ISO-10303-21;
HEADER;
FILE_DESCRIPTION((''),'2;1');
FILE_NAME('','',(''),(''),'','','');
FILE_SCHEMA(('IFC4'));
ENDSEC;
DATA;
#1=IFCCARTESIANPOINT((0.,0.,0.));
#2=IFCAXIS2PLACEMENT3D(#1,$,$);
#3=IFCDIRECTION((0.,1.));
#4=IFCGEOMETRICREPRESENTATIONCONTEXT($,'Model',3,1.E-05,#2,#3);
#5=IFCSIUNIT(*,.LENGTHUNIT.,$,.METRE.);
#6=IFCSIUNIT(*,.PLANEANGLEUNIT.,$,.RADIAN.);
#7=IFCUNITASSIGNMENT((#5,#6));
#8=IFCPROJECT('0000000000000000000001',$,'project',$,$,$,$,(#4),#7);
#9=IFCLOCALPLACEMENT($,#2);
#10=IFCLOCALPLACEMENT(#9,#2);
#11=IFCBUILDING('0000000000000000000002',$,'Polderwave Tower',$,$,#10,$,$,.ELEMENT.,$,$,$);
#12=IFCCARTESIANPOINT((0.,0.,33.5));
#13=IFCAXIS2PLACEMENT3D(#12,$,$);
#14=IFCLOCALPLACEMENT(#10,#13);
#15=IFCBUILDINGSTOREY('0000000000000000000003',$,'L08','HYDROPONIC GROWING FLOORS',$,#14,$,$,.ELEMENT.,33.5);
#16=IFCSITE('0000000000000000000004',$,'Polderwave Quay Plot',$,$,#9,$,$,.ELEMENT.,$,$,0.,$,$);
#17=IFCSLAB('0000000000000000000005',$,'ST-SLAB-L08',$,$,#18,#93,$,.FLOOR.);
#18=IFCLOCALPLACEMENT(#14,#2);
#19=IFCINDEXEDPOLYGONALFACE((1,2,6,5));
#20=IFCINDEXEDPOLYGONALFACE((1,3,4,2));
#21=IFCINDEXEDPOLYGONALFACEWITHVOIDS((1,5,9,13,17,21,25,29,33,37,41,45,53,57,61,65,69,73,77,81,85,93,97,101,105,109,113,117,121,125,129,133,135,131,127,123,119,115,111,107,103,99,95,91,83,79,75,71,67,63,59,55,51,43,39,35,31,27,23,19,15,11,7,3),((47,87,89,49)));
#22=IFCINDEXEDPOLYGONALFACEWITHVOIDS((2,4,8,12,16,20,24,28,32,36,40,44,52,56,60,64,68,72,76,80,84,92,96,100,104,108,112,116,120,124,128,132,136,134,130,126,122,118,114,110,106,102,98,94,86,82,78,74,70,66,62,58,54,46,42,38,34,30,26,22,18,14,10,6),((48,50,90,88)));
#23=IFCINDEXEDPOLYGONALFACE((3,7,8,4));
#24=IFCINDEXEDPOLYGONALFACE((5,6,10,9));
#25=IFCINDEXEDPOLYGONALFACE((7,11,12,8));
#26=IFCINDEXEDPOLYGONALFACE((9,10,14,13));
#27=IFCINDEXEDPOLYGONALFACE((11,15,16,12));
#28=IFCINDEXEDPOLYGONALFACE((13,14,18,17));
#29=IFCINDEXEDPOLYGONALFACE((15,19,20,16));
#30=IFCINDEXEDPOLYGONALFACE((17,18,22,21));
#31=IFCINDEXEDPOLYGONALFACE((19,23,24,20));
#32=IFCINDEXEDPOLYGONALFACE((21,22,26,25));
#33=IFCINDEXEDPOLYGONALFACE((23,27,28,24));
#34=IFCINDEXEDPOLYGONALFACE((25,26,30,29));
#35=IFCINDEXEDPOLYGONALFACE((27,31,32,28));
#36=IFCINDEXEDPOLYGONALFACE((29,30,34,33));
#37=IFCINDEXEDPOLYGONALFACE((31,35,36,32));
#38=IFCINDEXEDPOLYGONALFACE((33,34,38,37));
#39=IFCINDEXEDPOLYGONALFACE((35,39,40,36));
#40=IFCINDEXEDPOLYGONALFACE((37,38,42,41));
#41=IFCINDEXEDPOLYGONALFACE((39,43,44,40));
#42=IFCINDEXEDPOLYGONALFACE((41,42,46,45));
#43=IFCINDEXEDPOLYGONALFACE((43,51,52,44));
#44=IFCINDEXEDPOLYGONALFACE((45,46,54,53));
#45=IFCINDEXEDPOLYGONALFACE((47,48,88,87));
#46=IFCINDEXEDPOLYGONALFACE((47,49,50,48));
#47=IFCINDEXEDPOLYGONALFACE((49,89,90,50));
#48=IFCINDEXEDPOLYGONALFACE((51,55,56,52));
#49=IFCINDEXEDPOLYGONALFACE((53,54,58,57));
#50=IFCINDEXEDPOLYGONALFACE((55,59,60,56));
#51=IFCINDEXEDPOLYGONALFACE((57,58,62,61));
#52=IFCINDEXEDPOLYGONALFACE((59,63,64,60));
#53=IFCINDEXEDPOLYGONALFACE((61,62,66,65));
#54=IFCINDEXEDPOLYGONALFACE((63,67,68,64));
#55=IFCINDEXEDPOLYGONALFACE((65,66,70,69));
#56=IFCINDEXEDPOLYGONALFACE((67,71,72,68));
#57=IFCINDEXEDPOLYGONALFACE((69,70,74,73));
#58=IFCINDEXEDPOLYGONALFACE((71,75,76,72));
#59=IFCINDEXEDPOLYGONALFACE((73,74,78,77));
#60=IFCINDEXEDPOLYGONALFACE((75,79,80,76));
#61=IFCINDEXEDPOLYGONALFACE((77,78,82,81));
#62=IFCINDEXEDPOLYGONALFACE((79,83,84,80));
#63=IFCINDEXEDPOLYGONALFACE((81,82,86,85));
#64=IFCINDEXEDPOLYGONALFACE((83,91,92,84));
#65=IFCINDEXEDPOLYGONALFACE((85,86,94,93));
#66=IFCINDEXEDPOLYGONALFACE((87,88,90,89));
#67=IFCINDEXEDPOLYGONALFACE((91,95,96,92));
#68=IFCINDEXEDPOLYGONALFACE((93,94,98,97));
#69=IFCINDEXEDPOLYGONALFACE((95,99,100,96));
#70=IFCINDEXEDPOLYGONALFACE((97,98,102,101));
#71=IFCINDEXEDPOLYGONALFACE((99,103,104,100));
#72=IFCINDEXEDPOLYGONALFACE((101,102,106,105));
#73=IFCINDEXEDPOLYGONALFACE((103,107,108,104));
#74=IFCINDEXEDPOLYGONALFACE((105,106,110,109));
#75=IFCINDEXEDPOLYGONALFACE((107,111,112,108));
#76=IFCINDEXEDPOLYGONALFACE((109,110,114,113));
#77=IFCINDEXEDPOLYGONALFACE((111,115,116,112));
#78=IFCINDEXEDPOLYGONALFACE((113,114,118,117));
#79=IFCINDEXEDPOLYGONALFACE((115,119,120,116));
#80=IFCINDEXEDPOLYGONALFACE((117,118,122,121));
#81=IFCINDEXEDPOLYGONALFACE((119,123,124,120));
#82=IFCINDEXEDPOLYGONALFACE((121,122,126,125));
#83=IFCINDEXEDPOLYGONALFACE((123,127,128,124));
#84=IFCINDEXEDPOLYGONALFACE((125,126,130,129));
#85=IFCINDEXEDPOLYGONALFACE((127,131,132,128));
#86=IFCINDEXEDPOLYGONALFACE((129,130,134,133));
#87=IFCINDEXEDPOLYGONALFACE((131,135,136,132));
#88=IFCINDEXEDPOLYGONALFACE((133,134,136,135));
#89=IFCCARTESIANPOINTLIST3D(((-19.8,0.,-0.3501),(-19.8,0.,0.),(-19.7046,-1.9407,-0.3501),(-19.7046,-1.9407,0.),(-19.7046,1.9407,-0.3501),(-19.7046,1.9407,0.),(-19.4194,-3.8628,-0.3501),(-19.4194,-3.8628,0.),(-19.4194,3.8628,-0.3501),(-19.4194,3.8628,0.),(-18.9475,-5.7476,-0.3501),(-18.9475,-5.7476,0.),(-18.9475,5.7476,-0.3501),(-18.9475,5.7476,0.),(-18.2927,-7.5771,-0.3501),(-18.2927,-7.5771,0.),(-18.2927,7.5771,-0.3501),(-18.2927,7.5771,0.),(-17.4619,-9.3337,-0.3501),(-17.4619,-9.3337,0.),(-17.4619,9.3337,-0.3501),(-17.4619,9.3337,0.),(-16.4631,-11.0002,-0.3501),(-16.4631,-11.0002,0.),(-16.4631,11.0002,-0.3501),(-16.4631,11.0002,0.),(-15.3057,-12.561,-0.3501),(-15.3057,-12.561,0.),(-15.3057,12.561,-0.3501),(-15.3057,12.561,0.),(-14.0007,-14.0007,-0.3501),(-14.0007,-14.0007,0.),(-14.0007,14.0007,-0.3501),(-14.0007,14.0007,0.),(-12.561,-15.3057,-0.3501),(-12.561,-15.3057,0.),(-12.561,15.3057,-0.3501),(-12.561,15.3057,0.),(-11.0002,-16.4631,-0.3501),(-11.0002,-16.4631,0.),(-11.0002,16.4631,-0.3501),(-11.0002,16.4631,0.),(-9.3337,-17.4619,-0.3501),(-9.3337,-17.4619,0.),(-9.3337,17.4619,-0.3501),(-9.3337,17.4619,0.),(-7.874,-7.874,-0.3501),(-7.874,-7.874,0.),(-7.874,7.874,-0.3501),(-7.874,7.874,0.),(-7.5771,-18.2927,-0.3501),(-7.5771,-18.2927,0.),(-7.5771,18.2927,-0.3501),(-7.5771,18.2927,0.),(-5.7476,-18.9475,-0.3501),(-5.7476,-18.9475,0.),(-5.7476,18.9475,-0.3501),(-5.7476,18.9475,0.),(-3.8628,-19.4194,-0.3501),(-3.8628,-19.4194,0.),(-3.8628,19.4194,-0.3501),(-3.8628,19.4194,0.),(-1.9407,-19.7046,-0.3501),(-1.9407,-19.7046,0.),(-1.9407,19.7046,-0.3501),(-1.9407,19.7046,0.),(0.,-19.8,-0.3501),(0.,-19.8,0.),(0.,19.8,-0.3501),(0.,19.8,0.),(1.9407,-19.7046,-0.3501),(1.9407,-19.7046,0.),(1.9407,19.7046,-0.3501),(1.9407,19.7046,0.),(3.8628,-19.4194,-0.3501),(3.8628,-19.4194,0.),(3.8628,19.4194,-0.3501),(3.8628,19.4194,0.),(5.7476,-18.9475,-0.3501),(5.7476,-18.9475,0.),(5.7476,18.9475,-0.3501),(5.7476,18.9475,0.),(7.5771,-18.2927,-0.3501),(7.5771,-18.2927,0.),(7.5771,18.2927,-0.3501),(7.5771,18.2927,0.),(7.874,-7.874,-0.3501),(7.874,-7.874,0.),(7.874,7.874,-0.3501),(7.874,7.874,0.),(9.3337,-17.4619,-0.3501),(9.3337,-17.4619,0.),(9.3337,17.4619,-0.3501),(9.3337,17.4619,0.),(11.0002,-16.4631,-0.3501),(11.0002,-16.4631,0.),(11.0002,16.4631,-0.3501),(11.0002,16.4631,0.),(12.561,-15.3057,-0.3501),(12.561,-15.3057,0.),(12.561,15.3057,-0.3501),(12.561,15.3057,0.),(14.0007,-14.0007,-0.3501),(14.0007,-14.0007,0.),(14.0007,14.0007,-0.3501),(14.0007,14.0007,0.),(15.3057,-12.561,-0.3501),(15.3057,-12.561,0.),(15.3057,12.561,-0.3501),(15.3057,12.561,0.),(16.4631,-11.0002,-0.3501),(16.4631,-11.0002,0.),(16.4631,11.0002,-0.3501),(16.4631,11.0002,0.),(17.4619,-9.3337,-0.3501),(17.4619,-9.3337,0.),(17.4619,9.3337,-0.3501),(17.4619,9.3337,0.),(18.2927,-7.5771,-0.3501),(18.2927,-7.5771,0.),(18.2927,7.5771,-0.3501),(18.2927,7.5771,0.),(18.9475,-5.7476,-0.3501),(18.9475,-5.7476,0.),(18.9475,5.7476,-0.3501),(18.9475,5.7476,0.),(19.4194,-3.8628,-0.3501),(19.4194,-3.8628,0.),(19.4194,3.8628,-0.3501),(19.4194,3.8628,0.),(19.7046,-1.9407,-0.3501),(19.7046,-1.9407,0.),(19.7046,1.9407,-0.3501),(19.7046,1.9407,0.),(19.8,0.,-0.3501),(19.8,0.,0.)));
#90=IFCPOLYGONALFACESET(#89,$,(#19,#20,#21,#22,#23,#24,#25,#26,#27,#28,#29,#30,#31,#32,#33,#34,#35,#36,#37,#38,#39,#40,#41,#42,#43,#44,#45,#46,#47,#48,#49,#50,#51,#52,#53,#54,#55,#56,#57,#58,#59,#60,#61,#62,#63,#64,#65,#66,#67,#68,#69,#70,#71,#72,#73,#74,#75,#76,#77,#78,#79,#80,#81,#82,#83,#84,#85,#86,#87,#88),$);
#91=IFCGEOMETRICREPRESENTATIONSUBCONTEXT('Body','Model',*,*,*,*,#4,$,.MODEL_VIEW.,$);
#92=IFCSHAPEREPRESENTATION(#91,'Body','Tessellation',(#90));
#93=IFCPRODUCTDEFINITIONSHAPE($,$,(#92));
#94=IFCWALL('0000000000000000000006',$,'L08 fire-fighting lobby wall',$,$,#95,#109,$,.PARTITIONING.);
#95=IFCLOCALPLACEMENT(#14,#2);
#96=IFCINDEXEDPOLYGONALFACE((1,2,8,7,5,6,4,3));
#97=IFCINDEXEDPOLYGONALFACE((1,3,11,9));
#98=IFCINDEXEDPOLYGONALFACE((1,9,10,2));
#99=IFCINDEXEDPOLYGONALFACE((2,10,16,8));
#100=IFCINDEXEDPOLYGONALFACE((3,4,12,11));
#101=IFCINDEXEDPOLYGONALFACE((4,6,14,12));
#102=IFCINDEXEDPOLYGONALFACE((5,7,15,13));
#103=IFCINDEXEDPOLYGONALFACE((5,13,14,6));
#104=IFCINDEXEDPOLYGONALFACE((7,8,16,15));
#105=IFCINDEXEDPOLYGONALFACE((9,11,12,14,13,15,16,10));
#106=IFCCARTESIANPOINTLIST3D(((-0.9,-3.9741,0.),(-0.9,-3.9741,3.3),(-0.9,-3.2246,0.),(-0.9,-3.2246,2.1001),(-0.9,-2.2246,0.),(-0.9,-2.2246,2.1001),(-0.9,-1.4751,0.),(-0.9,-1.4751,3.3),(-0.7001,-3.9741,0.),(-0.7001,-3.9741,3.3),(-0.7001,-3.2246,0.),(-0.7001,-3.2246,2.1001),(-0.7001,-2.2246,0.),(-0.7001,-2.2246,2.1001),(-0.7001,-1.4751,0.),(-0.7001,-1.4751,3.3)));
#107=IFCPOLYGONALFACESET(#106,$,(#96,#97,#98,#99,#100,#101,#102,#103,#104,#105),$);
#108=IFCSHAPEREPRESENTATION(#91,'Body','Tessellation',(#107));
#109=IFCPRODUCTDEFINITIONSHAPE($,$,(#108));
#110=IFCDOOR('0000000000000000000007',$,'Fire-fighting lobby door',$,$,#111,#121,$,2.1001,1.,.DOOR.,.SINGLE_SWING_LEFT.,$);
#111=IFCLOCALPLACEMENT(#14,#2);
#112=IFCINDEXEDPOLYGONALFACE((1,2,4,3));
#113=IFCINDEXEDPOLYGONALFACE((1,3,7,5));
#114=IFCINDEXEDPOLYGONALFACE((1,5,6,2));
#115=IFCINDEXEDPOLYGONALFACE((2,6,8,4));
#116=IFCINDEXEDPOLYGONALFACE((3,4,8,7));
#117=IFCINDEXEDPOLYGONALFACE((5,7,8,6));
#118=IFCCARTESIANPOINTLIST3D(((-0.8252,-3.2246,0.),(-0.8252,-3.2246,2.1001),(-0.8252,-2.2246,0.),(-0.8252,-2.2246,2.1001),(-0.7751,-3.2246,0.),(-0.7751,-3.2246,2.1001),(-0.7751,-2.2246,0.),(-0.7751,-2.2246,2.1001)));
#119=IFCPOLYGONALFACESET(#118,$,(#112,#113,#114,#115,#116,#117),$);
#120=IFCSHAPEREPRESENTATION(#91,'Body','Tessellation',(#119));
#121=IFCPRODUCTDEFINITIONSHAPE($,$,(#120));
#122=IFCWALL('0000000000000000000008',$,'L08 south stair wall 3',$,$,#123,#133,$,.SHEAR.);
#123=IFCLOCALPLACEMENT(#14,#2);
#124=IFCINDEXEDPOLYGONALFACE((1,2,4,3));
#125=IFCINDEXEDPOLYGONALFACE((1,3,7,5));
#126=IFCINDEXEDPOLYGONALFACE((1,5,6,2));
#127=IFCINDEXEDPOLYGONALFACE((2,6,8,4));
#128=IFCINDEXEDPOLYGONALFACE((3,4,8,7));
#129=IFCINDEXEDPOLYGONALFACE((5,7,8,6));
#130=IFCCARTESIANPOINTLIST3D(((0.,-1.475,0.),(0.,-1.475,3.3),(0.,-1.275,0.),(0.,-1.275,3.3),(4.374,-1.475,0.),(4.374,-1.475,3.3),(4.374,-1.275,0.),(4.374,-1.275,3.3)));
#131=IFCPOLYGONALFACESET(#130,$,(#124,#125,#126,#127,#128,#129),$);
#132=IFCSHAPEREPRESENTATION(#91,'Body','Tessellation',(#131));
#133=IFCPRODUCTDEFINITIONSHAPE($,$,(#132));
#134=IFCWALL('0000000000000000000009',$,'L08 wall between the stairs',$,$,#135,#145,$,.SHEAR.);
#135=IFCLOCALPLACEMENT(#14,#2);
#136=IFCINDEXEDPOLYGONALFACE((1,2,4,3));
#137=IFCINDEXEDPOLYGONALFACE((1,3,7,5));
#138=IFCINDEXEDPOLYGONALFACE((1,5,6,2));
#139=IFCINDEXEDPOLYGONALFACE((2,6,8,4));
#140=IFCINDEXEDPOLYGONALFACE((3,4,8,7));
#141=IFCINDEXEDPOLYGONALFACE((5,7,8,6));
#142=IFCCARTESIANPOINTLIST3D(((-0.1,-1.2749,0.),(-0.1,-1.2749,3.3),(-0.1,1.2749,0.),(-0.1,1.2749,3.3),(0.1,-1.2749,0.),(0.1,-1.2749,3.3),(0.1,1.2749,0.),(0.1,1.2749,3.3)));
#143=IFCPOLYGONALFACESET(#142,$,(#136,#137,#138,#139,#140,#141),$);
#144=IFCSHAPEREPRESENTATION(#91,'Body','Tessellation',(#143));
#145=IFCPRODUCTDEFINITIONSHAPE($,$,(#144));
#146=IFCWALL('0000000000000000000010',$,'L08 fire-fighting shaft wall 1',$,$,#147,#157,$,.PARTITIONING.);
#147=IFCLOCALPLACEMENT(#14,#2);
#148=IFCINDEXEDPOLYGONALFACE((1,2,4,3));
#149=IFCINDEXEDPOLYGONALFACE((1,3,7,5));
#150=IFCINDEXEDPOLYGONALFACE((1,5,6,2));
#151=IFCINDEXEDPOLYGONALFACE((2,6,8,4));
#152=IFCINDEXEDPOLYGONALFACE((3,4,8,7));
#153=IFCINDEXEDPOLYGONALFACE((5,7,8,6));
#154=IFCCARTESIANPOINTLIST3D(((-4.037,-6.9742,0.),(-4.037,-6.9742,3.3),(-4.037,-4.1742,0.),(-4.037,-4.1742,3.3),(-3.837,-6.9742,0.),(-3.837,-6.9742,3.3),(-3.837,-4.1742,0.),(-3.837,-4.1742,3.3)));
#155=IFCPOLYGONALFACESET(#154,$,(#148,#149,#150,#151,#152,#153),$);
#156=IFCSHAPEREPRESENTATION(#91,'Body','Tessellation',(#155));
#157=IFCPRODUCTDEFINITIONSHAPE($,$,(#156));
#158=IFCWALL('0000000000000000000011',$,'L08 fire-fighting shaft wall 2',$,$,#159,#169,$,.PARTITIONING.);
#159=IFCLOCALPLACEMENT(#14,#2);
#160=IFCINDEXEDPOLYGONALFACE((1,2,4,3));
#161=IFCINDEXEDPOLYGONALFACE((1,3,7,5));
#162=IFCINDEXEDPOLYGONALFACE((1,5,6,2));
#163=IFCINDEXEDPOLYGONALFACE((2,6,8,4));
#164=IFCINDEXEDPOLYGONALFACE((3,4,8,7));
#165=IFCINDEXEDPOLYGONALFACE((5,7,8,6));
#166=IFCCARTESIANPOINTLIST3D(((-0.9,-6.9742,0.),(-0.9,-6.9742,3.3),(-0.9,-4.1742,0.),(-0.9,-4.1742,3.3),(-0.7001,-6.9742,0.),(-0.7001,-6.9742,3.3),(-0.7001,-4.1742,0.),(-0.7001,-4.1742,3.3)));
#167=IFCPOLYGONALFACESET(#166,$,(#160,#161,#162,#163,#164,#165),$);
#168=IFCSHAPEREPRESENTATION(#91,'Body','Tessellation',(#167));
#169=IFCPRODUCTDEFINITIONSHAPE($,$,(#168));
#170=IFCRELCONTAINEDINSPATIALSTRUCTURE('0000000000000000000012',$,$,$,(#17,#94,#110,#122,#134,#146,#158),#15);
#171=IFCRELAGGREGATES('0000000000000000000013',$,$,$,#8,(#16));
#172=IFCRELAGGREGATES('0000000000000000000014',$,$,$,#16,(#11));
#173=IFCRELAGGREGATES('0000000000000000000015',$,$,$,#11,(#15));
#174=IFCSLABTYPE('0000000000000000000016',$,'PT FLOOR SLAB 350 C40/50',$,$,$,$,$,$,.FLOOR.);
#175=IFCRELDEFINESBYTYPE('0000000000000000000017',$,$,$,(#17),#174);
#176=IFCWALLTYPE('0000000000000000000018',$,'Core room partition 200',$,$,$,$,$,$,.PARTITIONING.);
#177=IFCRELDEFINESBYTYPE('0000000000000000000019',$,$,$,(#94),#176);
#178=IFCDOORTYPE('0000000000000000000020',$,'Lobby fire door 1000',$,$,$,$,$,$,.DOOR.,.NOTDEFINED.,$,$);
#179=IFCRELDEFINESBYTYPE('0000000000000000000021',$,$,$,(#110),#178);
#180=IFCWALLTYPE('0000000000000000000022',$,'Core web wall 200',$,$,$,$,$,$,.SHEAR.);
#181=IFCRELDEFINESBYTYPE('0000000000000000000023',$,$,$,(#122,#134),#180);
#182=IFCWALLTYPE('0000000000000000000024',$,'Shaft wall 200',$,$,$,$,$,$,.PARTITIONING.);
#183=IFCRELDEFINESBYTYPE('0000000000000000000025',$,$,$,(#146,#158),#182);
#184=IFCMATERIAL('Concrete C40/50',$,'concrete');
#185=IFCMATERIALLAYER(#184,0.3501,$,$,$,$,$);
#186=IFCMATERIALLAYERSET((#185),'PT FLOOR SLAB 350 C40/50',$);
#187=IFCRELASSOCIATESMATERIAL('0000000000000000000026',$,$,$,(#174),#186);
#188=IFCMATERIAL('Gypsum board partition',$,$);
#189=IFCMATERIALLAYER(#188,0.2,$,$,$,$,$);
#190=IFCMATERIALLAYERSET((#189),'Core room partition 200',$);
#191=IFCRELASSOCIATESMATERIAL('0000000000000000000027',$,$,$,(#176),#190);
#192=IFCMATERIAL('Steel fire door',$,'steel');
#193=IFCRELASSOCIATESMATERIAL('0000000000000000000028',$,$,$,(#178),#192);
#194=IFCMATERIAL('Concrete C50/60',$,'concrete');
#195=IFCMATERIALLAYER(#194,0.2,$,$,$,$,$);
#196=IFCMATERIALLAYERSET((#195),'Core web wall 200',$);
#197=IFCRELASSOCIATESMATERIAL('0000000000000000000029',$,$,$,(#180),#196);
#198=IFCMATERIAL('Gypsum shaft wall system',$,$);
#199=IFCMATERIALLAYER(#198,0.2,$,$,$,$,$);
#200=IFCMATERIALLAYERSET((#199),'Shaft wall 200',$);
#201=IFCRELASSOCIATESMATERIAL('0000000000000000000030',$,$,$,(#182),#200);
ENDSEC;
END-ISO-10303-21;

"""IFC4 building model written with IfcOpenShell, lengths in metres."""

from ifc_helpers import new_model, si_unit, direction, frame, frame_2d, origin, place, context, subcontext, project, spatial, polyline, rectangle, outline, extrude, material, layer, layer_set, type_object, element, fill, save


model = new_model("IFC4")

# Units and contexts
model_context = context("Model", 3, precision=1e-05, world=origin(), true_north=direction((0.0, 1.0)))
body_context = subcontext(model_context, "Body", "Model", "MODEL_VIEW")
ifc_project = project(units=[si_unit("LENGTHUNIT", "METRE"), si_unit("PLANEANGLEUNIT", "RADIAN")], contexts=[model_context])

# Site, building, storey
site_placement = place(None, origin())
site = spatial("IfcSite", under=ifc_project, at=site_placement, Name="Polderwave Quay Plot", CompositionType="ELEMENT", RefElevation=0.0)
building_placement = place(site_placement, origin())
building = spatial("IfcBuilding", under=site, at=building_placement, Name="Polderwave Tower", CompositionType="ELEMENT")
storey_placement = place(building_placement, frame((0.0, 0.0, 33.5)))
storey = spatial("IfcBuildingStorey", under=building, at=storey_placement, Name="L08", Description="HYDROPONIC GROWING FLOORS", CompositionType="ELEMENT", Elevation=33.5)

# Slab
ifc_material_1 = material(Name="Concrete C40/50", Category="concrete")
ifc_layer_1 = layer(ifc_material_1, 0.3501)
ifc_layer_set_1 = layer_set([ifc_layer_1], Name="PT FLOOR SLAB 350 C40/50")
slab_type = type_object("IfcSlabType", Name="PT FLOOR SLAB 350 C40/50", PredefinedType="FLOOR", material=ifc_layer_set_1)
slab_placement = place(storey_placement, frame((0.0, 0.0, -0.3501)))
element("IfcSlab", 1, at=slab_placement, inside=storey, type_object=slab_type, Name="ST-SLAB-L08", PredefinedType="FLOOR", context=body_context, shape_type="SweptSolid", body=[
    extrude(outline(polyline([(19.8, 0.0), (19.7046, 1.9407), (19.4194, 3.8628), (18.9475, 5.7476), (18.2927, 7.5771), (17.4619, 9.3337), (16.4631, 11.0002), (15.3057, 12.561), (14.0007, 14.0007), (12.561, 15.3057), (11.0002, 16.4631), (9.3337, 17.4619), (7.5771, 18.2927), (5.7476, 18.9475), (3.8628, 19.4194), (1.9407, 19.7046), (0.0, 19.8), (-1.9407, 19.7046), (-3.8628, 19.4194), (-5.7476, 18.9475), (-7.5771, 18.2927), (-9.3337, 17.4619), (-11.0002, 16.4631), (-12.561, 15.3057), (-14.0007, 14.0007), (-15.3057, 12.561), (-16.4631, 11.0002), (-17.4619, 9.3337), (-18.2927, 7.5771), (-18.9475, 5.7476), (-19.4194, 3.8628), (-19.7046, 1.9407), (-19.8, 0.0), (-19.7046, -1.9407), (-19.4194, -3.8628), (-18.9475, -5.7476), (-18.2927, -7.5771), (-17.4619, -9.3337), (-16.4631, -11.0002), (-15.3057, -12.561), (-14.0007, -14.0007), (-12.561, -15.3057), (-11.0002, -16.4631), (-9.3337, -17.4619), (-7.5771, -18.2927), (-5.7476, -18.9475), (-3.8628, -19.4194), (-1.9407, -19.7046), (0.0, -19.8), (1.9407, -19.7046), (3.8628, -19.4194), (5.7476, -18.9475), (7.5771, -18.2927), (9.3337, -17.4619), (11.0002, -16.4631), (12.561, -15.3057), (14.0007, -14.0007), (15.3057, -12.561), (16.4631, -11.0002), (17.4619, -9.3337), (18.2927, -7.5771), (18.9475, -5.7476), (19.4194, -3.8628), (19.7046, -1.9407), (19.8, 0.0)]), holes=[polyline([(-7.874, -7.874), (7.874, -7.874), (7.874, 7.874), (-7.874, 7.874), (-7.874, -7.874)])]), origin(), (0.0, 0.0, 1.0), 0.3501),
])

# Wall, opening, door
ifc_material_2 = material(Name="Gypsum board partition")
ifc_layer_2 = layer(ifc_material_2, 0.2)
ifc_layer_set_2 = layer_set([ifc_layer_2], Name="Core room partition 200")
wall_type_1 = type_object("IfcWallType", Name="Core room partition 200", PredefinedType="PARTITIONING", material=ifc_layer_set_2)
wall_1_placement = place(storey_placement, frame((-0.8, -3.9741, 0.0), z_axis=(0.0, 0.0, 1.0), x_axis=(0.0, 1.0, 0.0)))
wall_1 = element("IfcWall", 2, at=wall_1_placement, inside=storey, type_object=wall_type_1, Name="L08 fire-fighting lobby wall", PredefinedType="PARTITIONING", context=body_context, shape_type="SweptSolid", body=[
    extrude(rectangle(XDim=2.499, YDim=0.2, at=frame_2d((1.2495, 0.0))), origin(), (0.0, 0.0, 1.0), 3.3),
])
opening_placement = place(wall_1_placement, frame((0.7495, 0.0, 0.0)))
opening = element("IfcOpeningElement", 3, at=opening_placement, cuts=wall_1, PredefinedType="OPENING", context=body_context, shape_type="SweptSolid", body=[
    extrude(rectangle(XDim=1.0, YDim=2.1001, at=frame_2d((0.5, 1.05))), frame((0.0, 0.1099, 0.0), z_axis=(0.0, -1.0, 0.0), x_axis=(1.0, 0.0, 0.0)), (0.0, 0.0, 1.0), 0.22),
])
ifc_material_3 = material(Name="Steel fire door", Category="steel")
door_type = type_object("IfcDoorType", Name="Lobby fire door 1000", OperationType="NOTDEFINED", PredefinedType="DOOR", material=ifc_material_3)
door_placement = place(opening_placement, frame((1.0, 0.0, 0.0), z_axis=(0.0, 0.0, 1.0), x_axis=(-1.0, 0.0, 0.0)))
door = element("IfcDoor", 4, at=door_placement, inside=storey, type_object=door_type, Name="Fire-fighting lobby door", OperationType="SINGLE_SWING_LEFT", OverallHeight=2.1001, OverallWidth=1.0, PredefinedType="DOOR", context=body_context, shape_type="SweptSolid", body=[
    extrude(rectangle(XDim=1.0, YDim=2.1001, at=frame_2d((0.5, 1.05))), frame((0.0, 0.0249, 0.0), z_axis=(0.0, -1.0, 0.0), x_axis=(1.0, 0.0, 0.0)), (0.0, 0.0, 1.0), 0.05),
])
fill(opening, door)

# Walls
ifc_material_4 = material(Name="Concrete C50/60", Category="concrete")
ifc_layer_3 = layer(ifc_material_4, 0.2)
ifc_layer_set_3 = layer_set([ifc_layer_3], Name="Core web wall 200")
wall_type_2 = type_object("IfcWallType", Name="Core web wall 200", PredefinedType="SHEAR", material=ifc_layer_set_3)
wall_2_placement = place(storey_placement, frame((0.0, -1.375, 0.0), z_axis=(0.0, 0.0, 1.0), x_axis=(1.0, 0.0, 0.0)))
element("IfcWall", 5, at=wall_2_placement, inside=storey, type_object=wall_type_2, Name="L08 south stair wall 3", PredefinedType="SHEAR", context=body_context, shape_type="SweptSolid", body=[
    extrude(rectangle(XDim=4.374, YDim=0.2, at=frame_2d((2.187, 0.0))), origin(), (0.0, 0.0, 1.0), 3.3),
])
wall_3_placement = place(storey_placement, frame((0.0, -1.2749, 0.0), z_axis=(0.0, 0.0, 1.0), x_axis=(0.0, 1.0, 0.0)))
element("IfcWall", 6, at=wall_3_placement, inside=storey, type_object=wall_type_2, Name="L08 wall between the stairs", PredefinedType="SHEAR", context=body_context, shape_type="SweptSolid", body=[
    extrude(rectangle(XDim=2.5498, YDim=0.2, at=frame_2d((1.2749, 0.0))), origin(), (0.0, 0.0, 1.0), 3.3),
])
ifc_material_5 = material(Name="Gypsum shaft wall system")
ifc_layer_4 = layer(ifc_material_5, 0.2)
ifc_layer_set_4 = layer_set([ifc_layer_4], Name="Shaft wall 200")
wall_type_3 = type_object("IfcWallType", Name="Shaft wall 200", PredefinedType="PARTITIONING", material=ifc_layer_set_4)
for number, where, z_axis, x_axis, name in (
    (7, (-3.937, -6.9741, 0.0), (0.0, 0.0, 1.0), (0.0, 1.0, 0.0), "L08 fire-fighting shaft wall 1"),
    (8, (-0.8, -6.9741, 0.0), (0.0, 0.0, 1.0), (0.0, 1.0, 0.0), "L08 fire-fighting shaft wall 2"),
):
    element("IfcWall", number, at=place(storey_placement, frame(where, z_axis=z_axis, x_axis=x_axis)), inside=storey, type_object=wall_type_3, Name=name, PredefinedType="PARTITIONING", context=body_context, shape_type="SweptSolid", body=[
        extrude(rectangle(XDim=2.8, YDim=0.2, at=frame_2d((1.3999, 0.0))), origin(), (0.0, 0.0, 1.0), 3.3),
    ])

save(model, "model.ifc")
